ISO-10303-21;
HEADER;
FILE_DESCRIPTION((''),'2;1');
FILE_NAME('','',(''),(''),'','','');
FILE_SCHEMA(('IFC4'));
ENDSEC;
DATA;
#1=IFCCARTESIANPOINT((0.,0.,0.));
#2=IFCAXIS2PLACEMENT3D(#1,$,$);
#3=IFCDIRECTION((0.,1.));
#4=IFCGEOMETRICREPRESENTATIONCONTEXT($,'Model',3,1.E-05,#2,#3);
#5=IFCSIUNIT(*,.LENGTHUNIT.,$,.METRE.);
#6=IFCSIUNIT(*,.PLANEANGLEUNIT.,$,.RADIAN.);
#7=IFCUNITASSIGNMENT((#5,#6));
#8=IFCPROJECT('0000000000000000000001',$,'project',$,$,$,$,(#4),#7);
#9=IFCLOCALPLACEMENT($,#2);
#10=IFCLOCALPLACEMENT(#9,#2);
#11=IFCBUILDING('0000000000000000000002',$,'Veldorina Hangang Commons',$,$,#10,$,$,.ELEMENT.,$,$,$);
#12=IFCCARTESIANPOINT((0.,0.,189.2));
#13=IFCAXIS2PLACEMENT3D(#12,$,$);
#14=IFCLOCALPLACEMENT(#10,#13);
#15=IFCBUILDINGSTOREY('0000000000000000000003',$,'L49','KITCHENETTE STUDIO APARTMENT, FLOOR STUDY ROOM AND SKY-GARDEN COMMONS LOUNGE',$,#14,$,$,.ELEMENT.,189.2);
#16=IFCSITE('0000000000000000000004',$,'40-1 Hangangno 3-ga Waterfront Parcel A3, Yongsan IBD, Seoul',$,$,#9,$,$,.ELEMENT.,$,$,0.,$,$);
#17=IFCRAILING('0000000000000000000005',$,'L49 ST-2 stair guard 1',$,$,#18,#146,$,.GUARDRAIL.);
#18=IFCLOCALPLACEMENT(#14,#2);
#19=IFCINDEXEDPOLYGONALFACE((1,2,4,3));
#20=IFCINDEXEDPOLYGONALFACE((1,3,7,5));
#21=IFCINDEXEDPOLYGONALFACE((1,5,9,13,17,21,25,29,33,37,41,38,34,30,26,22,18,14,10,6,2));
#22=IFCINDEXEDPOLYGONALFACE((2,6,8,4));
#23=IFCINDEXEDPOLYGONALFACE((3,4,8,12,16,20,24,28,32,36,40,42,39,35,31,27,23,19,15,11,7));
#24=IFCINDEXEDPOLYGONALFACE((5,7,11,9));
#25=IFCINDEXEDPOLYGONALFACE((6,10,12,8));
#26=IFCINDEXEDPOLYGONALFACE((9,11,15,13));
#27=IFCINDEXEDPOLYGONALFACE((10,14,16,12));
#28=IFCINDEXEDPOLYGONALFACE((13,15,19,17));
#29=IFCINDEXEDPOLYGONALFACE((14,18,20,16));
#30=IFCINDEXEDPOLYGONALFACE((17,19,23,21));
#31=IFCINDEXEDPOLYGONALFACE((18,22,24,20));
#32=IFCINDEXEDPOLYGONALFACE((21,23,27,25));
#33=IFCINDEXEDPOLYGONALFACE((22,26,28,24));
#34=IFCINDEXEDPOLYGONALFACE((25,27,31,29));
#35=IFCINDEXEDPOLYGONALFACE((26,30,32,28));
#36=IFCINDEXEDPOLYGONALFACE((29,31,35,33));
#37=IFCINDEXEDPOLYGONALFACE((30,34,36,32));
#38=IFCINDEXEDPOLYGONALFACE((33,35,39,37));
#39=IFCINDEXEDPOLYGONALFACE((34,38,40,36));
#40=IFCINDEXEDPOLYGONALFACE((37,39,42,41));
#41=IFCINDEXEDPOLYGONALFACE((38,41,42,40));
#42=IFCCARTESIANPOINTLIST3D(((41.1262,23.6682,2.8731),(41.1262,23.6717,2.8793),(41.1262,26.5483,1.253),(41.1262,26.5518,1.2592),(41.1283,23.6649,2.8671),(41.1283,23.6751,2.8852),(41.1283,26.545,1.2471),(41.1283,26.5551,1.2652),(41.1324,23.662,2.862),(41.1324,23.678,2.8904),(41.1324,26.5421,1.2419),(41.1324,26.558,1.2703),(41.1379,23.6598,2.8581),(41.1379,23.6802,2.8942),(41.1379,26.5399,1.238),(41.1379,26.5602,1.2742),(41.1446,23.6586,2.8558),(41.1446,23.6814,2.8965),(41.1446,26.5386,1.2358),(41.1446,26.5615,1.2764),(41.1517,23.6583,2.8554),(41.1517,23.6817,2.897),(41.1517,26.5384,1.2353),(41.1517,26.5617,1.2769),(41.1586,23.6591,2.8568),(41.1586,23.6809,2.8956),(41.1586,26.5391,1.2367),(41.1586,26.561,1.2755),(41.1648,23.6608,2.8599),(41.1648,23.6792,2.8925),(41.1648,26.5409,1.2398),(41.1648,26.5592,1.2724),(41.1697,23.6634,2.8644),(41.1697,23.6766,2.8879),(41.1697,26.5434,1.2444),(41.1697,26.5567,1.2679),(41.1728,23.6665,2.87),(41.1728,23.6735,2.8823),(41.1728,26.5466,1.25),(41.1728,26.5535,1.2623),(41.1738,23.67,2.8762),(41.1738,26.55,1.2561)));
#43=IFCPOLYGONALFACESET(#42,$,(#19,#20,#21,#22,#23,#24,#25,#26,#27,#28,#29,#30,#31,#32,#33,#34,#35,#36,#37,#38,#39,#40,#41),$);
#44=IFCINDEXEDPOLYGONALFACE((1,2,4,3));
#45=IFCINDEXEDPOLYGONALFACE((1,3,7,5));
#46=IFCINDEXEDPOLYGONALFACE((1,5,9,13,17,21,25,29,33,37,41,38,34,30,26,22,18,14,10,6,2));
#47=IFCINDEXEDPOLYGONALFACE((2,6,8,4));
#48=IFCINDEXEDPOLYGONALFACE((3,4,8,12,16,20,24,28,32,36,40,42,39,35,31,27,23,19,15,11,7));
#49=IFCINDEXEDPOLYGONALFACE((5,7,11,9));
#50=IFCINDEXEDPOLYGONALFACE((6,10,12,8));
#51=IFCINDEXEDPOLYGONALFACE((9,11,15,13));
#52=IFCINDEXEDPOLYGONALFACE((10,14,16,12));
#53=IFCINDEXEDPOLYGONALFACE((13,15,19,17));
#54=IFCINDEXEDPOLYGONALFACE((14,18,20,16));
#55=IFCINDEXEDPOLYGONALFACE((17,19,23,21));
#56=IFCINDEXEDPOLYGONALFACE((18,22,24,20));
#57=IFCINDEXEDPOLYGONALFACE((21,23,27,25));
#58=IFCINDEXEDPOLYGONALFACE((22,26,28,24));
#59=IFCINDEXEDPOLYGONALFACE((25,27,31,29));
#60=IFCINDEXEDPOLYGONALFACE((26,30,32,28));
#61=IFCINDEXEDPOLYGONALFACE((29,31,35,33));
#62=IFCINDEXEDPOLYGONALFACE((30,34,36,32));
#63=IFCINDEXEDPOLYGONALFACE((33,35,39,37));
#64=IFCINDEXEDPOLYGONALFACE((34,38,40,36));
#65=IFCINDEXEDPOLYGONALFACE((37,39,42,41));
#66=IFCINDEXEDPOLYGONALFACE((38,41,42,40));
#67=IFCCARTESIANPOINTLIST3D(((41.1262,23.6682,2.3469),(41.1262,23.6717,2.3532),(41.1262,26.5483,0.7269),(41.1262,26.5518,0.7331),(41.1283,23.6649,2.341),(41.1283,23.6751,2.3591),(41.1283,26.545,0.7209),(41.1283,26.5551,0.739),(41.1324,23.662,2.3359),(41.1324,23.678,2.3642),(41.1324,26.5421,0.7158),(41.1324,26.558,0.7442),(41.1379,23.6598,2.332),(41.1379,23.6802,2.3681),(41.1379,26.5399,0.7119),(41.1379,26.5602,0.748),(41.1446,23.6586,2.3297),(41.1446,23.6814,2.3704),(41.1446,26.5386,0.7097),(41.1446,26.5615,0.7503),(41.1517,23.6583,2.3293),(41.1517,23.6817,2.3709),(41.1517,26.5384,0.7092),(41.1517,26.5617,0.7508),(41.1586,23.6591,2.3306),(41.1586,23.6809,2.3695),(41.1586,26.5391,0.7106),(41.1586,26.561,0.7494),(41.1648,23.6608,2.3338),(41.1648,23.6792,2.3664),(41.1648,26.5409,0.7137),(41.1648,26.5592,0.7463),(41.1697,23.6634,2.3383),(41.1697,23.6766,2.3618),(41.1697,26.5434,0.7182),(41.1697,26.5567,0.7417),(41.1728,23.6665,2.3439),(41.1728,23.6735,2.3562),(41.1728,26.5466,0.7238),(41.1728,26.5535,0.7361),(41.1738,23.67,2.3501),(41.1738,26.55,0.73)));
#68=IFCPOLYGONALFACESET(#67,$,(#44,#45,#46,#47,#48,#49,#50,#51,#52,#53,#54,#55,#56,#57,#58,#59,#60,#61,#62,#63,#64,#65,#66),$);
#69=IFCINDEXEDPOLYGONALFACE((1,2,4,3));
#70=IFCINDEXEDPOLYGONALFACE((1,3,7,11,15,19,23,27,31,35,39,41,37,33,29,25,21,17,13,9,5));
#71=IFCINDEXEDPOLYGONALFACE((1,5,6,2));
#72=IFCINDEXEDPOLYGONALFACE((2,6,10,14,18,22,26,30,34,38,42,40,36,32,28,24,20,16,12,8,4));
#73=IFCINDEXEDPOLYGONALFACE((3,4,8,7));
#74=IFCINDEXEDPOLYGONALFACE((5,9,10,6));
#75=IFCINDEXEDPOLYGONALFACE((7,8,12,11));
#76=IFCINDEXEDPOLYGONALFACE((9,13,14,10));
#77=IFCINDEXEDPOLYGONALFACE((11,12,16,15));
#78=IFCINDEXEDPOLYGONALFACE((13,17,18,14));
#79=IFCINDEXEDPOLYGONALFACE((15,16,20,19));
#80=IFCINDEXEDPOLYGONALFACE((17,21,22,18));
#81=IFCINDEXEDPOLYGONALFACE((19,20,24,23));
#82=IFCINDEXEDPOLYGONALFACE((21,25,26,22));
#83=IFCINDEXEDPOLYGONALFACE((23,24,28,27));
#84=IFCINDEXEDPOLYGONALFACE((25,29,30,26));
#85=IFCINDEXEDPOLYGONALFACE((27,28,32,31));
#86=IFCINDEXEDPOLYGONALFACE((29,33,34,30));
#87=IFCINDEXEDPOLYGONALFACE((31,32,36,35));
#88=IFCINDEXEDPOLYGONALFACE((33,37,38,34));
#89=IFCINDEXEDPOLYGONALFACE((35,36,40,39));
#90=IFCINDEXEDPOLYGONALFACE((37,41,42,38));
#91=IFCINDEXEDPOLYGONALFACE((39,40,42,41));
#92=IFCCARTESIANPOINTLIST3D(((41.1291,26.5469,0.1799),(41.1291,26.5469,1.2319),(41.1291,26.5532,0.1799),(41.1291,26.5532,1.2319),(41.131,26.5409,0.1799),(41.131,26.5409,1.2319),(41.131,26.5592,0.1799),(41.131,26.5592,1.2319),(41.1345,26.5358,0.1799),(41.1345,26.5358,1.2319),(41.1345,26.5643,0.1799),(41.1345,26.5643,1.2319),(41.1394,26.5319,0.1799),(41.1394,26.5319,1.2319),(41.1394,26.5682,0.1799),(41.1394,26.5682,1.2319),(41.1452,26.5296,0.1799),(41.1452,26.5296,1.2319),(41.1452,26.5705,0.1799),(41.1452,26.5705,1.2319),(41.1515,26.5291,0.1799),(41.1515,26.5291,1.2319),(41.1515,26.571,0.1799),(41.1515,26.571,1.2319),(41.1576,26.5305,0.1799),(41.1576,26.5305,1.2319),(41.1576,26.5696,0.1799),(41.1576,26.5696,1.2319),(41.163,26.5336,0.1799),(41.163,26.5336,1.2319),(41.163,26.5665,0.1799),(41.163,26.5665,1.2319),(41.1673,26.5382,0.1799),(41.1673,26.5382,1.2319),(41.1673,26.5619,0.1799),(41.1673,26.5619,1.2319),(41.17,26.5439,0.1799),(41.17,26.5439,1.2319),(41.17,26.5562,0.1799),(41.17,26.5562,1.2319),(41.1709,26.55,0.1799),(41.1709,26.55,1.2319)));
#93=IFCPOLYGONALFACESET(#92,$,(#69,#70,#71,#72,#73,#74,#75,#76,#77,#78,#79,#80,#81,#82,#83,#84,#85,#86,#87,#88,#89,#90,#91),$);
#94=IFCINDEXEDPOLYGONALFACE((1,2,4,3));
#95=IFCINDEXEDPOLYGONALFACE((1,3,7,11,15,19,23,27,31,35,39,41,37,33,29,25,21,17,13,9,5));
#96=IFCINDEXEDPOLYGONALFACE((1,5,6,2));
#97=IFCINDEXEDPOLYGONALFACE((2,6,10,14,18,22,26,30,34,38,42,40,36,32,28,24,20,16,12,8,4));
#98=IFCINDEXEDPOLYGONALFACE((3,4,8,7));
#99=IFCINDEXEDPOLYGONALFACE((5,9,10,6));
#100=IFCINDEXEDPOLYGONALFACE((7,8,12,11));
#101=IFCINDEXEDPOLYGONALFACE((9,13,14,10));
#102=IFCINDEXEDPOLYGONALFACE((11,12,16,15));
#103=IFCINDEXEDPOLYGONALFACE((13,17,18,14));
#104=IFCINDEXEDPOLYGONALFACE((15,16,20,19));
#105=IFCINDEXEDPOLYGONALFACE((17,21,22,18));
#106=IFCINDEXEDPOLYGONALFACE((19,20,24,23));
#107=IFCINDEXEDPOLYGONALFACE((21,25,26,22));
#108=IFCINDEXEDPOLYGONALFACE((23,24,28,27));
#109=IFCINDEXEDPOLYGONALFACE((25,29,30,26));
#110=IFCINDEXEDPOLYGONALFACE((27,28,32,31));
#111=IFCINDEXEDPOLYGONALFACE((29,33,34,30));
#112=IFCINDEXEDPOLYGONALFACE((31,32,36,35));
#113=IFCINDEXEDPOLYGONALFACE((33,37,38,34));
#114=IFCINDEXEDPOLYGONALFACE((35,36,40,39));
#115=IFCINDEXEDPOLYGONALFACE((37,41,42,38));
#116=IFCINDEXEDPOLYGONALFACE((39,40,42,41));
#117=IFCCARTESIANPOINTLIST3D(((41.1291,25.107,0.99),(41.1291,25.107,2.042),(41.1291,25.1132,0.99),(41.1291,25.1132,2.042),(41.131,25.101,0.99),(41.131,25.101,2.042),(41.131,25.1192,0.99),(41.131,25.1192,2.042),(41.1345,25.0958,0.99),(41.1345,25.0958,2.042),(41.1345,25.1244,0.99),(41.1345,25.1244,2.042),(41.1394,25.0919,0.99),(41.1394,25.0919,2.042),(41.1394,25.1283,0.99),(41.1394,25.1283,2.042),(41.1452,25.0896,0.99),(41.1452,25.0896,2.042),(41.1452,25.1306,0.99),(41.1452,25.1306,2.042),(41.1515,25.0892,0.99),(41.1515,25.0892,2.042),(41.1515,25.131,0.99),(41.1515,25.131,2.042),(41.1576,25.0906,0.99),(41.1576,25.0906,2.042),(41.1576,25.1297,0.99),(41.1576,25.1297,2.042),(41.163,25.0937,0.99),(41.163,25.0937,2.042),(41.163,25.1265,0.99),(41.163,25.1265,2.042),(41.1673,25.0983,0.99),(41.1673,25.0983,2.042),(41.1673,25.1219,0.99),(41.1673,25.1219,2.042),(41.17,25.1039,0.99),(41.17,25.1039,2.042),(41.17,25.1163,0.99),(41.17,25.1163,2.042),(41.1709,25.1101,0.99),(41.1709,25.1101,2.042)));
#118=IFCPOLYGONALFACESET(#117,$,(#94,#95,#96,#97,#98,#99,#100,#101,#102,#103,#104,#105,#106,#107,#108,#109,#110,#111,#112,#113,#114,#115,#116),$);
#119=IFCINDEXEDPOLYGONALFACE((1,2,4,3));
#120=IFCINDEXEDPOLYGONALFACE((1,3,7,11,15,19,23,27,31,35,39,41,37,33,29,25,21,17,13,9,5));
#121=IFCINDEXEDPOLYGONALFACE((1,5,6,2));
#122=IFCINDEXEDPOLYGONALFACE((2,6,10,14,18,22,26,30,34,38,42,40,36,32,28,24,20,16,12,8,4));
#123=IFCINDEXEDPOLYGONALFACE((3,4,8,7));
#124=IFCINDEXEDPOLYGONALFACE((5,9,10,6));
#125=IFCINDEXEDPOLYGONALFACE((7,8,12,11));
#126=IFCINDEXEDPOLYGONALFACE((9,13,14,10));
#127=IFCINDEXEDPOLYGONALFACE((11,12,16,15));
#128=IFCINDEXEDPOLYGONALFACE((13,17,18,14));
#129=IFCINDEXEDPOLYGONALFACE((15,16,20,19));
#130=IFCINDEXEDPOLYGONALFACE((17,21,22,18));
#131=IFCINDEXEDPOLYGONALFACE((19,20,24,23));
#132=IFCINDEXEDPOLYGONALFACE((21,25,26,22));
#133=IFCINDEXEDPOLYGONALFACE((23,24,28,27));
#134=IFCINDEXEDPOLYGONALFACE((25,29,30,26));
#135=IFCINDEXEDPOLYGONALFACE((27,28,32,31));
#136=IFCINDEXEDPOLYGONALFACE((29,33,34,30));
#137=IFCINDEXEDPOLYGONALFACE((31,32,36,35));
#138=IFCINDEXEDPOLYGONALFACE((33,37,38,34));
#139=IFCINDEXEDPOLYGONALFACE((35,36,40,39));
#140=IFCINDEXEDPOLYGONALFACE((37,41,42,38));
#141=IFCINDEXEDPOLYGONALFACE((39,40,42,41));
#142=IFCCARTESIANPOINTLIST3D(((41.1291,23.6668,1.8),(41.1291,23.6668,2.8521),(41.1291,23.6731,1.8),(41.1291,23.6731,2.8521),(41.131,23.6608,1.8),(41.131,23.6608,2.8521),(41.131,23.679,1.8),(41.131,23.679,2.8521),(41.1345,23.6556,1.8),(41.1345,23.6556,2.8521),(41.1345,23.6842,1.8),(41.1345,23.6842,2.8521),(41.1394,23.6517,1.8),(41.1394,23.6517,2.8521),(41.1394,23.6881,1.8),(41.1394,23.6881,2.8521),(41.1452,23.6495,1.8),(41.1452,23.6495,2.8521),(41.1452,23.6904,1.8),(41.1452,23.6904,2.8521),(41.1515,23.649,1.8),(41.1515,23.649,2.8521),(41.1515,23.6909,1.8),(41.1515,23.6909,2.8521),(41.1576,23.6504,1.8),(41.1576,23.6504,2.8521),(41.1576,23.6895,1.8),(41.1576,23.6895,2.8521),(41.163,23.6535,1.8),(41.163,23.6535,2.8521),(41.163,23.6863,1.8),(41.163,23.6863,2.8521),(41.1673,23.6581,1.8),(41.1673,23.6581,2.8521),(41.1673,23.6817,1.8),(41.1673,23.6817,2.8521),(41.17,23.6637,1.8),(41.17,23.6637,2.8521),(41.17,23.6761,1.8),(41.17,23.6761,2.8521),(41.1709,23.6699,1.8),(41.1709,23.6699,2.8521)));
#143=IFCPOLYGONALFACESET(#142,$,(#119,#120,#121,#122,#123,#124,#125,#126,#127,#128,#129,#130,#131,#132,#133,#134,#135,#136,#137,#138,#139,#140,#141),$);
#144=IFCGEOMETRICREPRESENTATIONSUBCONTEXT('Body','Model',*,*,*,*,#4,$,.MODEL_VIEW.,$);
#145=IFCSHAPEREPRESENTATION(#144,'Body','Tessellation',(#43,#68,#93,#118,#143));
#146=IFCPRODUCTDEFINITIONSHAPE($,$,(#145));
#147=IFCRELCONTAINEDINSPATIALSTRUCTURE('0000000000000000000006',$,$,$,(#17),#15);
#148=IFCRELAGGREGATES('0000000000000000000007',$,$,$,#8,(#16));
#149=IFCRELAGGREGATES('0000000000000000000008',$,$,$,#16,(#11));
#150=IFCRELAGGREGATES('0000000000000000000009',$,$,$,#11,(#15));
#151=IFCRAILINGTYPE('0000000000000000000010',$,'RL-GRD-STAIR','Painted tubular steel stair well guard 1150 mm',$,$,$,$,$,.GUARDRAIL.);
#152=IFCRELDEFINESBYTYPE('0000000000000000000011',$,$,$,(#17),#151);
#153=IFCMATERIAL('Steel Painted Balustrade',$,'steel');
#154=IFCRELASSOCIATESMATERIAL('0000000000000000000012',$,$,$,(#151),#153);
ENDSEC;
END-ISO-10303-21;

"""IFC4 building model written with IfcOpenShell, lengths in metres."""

from ifc_helpers import new_model, si_unit, direction, frame, origin, origin_2d, place, context, subcontext, project, spatial, circle, extrude, material, type_object, element, save


model = new_model("IFC4")

# Units and contexts
model_context = context("Model", 3, precision=1e-05, world=origin(), true_north=direction((0.0, 1.0)))
body_context = subcontext(model_context, "Body", "Model", "MODEL_VIEW")
ifc_project = project(units=[si_unit("LENGTHUNIT", "METRE"), si_unit("PLANEANGLEUNIT", "RADIAN")], contexts=[model_context])

# Site, building, storey
site_placement = place(None, origin())
site = spatial("IfcSite", under=ifc_project, at=site_placement, Name="40-1 Hangangno 3-ga Waterfront Parcel A3, Yongsan IBD, Seoul", CompositionType="ELEMENT", RefElevation=0.0)
building_placement = place(site_placement, origin())
building = spatial("IfcBuilding", under=site, at=building_placement, Name="Veldorina Hangang Commons", CompositionType="ELEMENT")
storey_placement = place(building_placement, frame((0.0, 0.0, 189.2)))
storey = spatial("IfcBuildingStorey", under=building, at=storey_placement, Name="L49", Description="KITCHENETTE STUDIO APARTMENT, FLOOR STUDY ROOM AND SKY-GARDEN COMMONS LOUNGE", CompositionType="ELEMENT", Elevation=189.2)

# Railing
ifc_material_1 = material(Name="Steel Painted Balustrade", Category="steel")
railing_type_1 = type_object("IfcRailingType", Name="RL-GRD-STAIR", Description="Painted tubular steel stair well guard 1150 mm", PredefinedType="GUARDRAIL", material=ifc_material_1)
railing_1_placement = place(storey_placement, frame((41.1499, 26.55, 0.1799)))
element("IfcRailing", 1, at=railing_1_placement, inside=storey, type_object=railing_type_1, Name="L49 ST-2 stair guard 1", PredefinedType="GUARDRAIL", context=body_context, shape_type="SweptSolid", body=[
    extrude(circle(Radius=0.0239, at=origin_2d()), frame((0.0, 0.0, 1.0762), z_axis=(0.0, -0.87157, 0.490272), x_axis=(1.0, 0.0, 0.0)), (0.0, 0.0, 1.0), 3.3044),
    extrude(circle(Radius=0.0239, at=origin_2d()), frame((0.0, 0.0, 0.55), z_axis=(0.0, -0.87157, 0.490272), x_axis=(1.0, 0.0, 0.0)), (0.0, 0.0, 1.0), 3.3044),
    extrude(circle(Radius=0.021, at=origin_2d()), origin(), (0.0, 0.0, 1.0), 1.052),
    extrude(circle(Radius=0.021, at=origin_2d()), frame((0.0, -1.4399, 0.8101)), (0.0, 0.0, 1.0), 1.052),
    extrude(circle(Radius=0.021, at=origin_2d()), frame((0.0, -2.8801, 1.6201)), (0.0, 0.0, 1.0), 1.052),
])

save(model, "model.ifc")
